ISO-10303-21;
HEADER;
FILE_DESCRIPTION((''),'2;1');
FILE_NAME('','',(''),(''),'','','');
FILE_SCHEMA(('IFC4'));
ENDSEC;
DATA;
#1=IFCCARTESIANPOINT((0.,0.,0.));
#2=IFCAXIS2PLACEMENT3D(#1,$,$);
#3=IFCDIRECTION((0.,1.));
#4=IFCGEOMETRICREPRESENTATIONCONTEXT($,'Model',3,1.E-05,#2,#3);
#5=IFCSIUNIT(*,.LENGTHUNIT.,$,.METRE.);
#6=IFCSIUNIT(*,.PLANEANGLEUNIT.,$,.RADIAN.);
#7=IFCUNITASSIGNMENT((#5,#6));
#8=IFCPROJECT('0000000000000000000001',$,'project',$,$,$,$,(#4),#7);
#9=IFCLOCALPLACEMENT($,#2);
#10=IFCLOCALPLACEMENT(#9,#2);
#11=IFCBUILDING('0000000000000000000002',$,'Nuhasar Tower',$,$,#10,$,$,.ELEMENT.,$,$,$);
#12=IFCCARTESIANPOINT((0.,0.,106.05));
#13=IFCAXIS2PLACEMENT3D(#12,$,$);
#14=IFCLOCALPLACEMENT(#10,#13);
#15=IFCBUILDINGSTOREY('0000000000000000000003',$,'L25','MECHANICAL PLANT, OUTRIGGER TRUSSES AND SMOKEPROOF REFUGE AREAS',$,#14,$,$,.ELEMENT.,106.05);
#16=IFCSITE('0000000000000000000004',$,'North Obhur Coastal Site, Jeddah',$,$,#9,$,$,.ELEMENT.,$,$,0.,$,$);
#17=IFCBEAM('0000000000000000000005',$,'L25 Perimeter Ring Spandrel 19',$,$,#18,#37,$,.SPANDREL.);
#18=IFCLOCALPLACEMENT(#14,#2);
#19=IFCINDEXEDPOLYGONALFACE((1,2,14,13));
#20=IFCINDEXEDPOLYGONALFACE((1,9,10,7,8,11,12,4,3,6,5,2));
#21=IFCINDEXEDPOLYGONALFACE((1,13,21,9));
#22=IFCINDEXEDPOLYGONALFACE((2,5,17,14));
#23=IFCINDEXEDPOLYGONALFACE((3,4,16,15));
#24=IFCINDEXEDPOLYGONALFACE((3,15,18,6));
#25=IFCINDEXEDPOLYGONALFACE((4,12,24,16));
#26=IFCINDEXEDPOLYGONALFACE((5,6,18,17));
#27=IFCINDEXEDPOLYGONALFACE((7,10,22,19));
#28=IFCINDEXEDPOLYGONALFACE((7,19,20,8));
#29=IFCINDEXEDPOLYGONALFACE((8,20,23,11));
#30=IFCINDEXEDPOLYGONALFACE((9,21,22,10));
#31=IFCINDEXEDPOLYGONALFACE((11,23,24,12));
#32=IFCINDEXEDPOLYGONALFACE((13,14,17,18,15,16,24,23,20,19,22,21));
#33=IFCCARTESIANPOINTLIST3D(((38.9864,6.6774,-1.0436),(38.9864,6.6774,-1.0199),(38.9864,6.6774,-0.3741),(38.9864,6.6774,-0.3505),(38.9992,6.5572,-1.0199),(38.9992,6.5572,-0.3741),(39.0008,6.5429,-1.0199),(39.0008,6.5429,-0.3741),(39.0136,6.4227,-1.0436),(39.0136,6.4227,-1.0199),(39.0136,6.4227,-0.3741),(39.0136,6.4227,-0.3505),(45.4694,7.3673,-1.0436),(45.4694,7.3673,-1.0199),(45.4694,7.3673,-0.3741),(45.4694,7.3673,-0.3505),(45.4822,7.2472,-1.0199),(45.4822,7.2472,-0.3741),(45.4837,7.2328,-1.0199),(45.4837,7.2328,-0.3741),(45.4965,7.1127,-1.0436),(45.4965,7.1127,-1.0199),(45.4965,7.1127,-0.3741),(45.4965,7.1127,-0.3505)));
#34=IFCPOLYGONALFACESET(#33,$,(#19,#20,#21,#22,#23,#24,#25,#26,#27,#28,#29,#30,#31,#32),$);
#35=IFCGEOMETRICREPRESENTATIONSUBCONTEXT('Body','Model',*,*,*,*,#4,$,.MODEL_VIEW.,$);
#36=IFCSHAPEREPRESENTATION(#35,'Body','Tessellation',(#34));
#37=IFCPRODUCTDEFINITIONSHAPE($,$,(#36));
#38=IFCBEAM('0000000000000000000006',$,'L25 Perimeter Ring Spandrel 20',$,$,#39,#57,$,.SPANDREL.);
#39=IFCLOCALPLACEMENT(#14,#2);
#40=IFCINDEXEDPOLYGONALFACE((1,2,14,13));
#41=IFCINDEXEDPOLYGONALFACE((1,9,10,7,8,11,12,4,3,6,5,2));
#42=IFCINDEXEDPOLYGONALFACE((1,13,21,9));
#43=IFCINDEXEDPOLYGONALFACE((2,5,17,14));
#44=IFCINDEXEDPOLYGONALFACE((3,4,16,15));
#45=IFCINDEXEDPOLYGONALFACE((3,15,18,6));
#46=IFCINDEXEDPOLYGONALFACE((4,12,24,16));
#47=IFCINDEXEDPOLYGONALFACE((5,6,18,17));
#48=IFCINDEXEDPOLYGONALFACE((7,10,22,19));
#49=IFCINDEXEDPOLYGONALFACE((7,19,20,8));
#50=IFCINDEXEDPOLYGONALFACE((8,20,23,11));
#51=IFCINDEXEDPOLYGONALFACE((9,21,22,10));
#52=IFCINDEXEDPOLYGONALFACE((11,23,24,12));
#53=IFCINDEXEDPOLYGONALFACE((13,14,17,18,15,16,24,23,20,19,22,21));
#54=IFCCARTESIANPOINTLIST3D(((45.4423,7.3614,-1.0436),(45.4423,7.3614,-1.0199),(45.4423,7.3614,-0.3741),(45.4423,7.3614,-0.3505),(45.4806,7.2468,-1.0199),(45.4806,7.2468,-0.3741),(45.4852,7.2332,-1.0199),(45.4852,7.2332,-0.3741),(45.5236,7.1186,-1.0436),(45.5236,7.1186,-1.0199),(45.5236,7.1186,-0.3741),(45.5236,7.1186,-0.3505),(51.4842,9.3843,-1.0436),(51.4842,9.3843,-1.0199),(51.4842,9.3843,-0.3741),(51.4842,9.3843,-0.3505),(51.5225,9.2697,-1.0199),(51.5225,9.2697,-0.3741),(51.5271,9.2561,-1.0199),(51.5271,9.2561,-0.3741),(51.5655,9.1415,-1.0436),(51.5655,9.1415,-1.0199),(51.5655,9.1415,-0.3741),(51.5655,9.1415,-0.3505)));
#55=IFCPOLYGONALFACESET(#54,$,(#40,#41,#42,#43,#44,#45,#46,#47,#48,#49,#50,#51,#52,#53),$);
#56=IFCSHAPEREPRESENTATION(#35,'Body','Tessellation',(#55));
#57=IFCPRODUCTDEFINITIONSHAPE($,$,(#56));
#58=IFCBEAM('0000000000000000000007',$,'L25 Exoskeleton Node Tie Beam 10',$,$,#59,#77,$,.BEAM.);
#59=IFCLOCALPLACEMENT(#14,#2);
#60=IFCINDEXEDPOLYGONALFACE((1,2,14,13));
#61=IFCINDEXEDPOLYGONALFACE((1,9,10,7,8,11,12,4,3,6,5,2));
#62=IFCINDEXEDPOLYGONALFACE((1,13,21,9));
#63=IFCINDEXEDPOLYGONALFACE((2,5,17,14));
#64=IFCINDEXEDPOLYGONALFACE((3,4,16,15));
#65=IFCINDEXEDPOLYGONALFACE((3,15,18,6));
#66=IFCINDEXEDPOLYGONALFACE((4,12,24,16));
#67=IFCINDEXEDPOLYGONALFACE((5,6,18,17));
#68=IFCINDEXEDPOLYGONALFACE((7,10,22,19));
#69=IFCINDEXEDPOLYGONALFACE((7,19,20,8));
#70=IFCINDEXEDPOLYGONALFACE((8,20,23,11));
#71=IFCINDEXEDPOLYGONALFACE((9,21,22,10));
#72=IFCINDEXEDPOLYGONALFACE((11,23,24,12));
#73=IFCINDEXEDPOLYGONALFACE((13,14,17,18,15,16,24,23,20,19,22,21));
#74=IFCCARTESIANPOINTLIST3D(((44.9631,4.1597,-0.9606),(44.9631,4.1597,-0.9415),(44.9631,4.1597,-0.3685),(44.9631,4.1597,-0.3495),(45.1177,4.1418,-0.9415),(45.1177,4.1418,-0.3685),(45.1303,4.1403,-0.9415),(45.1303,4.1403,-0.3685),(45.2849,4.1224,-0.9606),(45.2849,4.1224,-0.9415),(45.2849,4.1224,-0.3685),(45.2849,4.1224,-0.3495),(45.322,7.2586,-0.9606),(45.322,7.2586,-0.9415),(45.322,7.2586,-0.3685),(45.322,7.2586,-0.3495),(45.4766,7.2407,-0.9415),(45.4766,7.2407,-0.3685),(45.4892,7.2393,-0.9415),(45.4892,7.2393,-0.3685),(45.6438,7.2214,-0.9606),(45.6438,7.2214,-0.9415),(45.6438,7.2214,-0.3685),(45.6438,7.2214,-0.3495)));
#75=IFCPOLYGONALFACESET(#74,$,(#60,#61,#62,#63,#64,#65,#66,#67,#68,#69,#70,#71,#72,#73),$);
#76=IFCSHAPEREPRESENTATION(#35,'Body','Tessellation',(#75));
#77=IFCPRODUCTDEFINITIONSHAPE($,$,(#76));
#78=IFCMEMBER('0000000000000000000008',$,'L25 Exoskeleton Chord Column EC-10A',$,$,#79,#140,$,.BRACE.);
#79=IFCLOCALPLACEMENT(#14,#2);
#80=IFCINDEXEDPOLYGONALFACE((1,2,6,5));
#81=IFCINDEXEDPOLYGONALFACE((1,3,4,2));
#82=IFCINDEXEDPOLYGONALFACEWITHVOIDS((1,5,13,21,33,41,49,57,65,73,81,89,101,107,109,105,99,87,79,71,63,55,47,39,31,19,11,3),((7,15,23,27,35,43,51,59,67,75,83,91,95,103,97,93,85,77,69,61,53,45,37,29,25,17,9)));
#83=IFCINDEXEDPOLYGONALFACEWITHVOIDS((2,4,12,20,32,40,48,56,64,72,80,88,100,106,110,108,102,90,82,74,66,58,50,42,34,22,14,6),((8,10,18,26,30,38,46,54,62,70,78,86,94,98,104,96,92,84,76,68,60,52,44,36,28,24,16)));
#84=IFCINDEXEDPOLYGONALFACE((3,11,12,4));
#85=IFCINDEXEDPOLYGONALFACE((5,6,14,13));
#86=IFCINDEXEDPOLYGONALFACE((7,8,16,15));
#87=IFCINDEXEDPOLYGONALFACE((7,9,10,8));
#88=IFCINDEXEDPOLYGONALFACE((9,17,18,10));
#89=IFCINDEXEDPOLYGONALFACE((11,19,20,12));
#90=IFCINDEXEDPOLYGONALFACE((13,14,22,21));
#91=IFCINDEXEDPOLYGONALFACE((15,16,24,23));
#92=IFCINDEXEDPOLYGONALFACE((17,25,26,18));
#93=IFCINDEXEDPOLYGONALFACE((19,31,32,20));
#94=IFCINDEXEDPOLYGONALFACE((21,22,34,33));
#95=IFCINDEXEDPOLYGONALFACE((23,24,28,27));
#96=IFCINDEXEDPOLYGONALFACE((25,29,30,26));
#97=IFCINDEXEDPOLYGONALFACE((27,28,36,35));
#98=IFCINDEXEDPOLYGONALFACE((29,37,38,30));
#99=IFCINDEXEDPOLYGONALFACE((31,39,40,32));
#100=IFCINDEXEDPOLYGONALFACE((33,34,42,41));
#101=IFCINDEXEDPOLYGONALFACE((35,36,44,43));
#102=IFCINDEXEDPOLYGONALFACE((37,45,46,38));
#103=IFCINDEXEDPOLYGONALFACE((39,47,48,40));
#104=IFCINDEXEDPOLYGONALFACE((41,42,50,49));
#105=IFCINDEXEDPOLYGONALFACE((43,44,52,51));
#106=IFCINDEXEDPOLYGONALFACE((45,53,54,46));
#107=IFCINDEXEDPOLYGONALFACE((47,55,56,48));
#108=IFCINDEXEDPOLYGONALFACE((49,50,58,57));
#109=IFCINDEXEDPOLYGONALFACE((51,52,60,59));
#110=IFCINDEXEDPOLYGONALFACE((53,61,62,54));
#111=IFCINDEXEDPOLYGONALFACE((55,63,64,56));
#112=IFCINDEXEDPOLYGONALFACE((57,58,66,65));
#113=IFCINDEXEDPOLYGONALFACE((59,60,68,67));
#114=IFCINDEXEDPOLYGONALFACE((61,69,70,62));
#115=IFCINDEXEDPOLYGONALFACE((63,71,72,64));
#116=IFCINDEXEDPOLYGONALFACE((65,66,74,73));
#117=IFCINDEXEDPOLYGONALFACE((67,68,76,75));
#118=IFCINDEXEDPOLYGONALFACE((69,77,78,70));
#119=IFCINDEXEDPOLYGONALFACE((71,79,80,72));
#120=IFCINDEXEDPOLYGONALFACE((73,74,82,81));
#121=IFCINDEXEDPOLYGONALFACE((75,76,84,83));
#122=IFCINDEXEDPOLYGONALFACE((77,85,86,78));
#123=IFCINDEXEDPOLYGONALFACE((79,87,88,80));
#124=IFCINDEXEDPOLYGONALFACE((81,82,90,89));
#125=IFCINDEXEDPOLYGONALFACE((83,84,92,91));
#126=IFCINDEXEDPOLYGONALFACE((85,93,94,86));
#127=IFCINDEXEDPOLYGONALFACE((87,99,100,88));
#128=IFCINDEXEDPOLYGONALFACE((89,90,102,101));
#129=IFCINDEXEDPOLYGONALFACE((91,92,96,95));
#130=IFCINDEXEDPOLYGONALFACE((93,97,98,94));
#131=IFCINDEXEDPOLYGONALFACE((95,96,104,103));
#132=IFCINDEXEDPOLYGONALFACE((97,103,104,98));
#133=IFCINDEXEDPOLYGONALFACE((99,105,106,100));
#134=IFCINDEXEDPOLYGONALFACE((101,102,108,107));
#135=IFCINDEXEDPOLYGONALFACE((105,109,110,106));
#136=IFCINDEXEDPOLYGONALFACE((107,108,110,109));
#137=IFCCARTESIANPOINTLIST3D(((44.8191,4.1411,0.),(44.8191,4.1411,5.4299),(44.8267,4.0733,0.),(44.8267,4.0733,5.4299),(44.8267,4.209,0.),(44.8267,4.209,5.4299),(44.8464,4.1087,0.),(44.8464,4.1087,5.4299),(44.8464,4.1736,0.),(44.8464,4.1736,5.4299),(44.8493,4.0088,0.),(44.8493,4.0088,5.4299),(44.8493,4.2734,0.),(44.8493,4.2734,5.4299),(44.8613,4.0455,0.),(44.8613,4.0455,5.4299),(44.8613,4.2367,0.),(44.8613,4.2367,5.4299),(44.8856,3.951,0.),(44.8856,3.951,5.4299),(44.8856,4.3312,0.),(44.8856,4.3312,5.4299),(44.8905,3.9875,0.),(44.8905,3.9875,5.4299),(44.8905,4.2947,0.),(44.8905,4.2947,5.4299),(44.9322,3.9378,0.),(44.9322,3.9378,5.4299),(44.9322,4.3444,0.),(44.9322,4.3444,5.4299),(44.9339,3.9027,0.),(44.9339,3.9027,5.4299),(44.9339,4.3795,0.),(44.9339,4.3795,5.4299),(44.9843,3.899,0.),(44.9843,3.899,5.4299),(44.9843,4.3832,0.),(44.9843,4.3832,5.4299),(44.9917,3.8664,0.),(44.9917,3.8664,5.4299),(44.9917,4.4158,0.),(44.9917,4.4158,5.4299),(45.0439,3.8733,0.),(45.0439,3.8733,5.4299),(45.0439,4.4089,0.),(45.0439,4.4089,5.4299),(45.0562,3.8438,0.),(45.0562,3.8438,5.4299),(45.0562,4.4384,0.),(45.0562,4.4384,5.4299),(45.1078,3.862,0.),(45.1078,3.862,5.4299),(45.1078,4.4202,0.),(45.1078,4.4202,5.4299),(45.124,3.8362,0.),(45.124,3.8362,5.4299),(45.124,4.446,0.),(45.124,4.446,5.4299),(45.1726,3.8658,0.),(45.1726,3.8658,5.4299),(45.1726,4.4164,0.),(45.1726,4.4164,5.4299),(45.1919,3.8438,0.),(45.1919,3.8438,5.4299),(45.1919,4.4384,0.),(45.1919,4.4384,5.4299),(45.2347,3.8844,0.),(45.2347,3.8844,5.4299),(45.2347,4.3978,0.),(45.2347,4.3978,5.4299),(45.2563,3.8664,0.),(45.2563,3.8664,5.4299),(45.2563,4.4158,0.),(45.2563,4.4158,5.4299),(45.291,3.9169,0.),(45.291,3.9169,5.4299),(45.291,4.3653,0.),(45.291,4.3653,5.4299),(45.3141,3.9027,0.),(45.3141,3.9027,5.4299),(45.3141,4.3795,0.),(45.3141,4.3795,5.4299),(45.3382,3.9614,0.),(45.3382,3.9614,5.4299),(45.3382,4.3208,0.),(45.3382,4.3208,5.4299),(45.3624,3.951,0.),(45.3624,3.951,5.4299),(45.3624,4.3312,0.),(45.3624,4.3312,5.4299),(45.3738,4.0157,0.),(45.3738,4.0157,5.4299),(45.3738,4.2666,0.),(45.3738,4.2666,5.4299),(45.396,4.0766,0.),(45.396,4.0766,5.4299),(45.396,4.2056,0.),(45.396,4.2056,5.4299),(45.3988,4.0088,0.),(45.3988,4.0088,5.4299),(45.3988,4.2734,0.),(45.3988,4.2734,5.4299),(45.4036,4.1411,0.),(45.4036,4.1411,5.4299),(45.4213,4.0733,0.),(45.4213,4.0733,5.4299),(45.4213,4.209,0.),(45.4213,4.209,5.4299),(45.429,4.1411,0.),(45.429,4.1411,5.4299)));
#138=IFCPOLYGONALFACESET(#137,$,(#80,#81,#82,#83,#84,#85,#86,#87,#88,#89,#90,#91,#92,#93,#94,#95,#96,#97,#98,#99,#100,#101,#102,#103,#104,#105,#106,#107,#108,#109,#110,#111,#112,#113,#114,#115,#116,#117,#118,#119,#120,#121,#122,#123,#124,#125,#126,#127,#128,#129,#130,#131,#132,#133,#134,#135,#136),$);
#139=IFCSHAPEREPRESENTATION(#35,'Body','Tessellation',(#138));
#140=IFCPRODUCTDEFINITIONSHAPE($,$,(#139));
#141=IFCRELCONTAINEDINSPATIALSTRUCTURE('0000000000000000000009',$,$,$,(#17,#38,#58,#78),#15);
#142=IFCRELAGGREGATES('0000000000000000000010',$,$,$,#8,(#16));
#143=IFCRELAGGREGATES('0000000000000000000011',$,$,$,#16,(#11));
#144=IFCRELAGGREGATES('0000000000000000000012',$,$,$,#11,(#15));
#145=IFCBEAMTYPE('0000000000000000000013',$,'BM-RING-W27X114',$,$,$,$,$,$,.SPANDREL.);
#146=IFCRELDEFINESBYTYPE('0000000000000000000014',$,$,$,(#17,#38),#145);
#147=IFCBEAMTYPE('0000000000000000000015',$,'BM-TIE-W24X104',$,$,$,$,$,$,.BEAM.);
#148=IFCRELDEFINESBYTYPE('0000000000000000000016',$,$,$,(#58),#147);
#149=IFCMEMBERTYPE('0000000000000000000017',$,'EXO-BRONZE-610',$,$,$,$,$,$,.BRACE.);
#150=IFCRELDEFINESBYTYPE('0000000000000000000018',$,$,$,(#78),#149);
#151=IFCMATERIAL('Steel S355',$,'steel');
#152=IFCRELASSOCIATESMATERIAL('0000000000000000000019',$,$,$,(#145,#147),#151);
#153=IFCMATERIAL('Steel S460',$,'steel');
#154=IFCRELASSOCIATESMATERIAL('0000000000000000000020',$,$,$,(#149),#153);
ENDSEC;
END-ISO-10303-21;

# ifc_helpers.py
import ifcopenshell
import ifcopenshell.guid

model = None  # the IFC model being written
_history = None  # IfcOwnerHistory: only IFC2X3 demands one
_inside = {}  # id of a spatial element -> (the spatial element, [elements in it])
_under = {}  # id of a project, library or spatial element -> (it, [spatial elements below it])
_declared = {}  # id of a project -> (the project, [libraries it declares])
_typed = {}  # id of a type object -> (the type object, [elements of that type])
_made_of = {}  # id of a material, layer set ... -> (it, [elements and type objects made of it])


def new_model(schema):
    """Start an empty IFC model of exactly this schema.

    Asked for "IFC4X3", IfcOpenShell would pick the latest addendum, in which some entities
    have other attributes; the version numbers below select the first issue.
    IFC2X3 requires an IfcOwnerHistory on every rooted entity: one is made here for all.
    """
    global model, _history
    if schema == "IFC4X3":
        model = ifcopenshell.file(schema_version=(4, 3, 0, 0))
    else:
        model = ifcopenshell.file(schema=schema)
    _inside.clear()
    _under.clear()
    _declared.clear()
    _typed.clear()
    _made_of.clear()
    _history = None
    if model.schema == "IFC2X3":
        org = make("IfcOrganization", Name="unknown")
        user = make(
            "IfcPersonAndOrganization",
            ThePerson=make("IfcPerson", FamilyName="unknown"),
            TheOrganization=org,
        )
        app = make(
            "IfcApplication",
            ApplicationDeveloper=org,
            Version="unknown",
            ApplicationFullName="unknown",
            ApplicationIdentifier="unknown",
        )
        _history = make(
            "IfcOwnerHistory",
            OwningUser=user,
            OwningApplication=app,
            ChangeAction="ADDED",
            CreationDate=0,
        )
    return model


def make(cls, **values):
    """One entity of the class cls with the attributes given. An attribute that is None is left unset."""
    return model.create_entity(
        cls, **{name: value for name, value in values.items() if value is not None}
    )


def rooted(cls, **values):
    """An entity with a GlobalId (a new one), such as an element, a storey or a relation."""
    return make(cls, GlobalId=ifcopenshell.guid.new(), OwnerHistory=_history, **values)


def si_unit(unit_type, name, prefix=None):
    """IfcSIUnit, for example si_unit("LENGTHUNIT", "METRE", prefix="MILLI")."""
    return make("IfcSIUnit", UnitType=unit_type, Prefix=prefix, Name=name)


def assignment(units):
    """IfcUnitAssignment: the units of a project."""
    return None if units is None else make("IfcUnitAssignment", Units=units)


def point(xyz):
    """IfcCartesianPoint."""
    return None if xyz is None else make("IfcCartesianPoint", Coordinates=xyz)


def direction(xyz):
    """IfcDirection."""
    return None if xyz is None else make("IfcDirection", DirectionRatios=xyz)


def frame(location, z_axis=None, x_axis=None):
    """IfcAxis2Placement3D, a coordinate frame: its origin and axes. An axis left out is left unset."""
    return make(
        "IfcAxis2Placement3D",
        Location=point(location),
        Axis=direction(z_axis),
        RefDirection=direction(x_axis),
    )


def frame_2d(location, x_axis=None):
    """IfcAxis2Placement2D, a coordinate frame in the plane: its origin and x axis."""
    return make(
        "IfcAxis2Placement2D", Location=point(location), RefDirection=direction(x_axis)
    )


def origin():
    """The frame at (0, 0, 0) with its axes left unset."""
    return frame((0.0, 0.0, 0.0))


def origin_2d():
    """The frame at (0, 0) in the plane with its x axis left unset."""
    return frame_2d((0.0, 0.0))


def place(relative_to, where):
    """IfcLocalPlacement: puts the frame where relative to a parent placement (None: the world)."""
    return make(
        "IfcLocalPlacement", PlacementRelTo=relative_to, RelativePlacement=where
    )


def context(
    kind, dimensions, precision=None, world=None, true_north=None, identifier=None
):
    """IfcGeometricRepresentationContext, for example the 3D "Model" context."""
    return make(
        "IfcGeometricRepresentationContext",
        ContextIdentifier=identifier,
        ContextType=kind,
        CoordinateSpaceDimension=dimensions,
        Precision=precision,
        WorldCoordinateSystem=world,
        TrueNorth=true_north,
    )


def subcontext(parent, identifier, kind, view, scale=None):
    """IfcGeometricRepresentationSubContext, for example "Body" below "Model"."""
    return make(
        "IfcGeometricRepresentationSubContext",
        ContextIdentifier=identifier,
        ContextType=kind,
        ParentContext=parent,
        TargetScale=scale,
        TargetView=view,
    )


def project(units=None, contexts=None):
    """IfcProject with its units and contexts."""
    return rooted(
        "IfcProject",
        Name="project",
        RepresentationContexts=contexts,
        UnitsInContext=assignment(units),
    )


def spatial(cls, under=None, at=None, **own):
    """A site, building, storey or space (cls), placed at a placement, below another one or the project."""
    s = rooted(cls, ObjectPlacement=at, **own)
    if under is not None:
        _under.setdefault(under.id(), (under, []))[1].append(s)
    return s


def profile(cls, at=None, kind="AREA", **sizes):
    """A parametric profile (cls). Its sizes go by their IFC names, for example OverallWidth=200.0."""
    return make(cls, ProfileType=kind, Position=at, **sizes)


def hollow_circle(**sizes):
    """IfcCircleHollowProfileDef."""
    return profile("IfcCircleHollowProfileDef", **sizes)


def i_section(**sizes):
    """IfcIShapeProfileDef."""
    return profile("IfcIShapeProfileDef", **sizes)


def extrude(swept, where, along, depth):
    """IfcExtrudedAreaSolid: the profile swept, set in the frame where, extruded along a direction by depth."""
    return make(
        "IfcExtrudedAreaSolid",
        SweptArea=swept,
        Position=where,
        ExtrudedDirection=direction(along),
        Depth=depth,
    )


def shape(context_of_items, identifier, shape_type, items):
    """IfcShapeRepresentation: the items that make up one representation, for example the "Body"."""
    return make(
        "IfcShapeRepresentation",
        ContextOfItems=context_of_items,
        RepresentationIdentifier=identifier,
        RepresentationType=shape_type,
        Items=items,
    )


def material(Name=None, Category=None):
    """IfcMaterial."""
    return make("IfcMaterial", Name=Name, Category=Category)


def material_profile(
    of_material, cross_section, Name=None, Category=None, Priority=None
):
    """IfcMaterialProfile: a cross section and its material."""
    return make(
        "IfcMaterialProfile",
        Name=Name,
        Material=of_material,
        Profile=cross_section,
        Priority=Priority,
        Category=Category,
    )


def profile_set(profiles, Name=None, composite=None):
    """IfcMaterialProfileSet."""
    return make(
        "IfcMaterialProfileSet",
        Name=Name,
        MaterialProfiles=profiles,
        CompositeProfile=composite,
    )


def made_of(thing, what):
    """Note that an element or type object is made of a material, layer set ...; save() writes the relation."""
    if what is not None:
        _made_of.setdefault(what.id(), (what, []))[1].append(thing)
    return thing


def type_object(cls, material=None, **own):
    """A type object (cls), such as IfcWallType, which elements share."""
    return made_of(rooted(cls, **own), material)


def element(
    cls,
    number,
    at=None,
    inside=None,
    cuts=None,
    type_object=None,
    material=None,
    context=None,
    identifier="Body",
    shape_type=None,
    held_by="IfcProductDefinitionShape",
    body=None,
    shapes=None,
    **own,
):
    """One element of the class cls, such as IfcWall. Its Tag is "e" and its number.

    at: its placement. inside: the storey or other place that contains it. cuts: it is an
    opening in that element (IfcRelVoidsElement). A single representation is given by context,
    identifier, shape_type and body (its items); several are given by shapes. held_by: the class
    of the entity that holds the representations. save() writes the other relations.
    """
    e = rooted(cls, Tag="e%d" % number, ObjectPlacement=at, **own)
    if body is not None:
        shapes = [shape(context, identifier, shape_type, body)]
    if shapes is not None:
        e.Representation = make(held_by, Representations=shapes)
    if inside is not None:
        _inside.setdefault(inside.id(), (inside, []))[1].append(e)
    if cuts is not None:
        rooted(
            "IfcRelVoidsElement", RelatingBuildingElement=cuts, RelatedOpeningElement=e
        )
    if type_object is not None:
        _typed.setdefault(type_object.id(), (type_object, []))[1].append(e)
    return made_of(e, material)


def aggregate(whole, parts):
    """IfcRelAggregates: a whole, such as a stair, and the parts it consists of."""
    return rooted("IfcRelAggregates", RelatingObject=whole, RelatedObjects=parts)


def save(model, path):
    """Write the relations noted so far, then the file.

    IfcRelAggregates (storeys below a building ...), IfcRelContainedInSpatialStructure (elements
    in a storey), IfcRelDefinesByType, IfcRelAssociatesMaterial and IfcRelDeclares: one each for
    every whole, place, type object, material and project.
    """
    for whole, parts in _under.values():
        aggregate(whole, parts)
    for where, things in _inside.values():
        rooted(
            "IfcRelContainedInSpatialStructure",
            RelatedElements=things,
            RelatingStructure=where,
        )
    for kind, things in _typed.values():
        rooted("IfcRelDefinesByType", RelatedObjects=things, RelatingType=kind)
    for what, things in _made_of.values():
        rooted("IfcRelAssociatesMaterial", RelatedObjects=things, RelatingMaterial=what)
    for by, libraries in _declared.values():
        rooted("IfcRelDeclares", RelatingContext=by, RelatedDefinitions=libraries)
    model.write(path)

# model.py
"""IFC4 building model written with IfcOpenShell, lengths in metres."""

from ifc_helpers import new_model, si_unit, direction, frame, origin, origin_2d, place, context, subcontext, project, spatial, hollow_circle, i_section, extrude, material, material_profile, profile_set, type_object, element, save


model = new_model("IFC4")

# Units and contexts
model_context = context("Model", 3, precision=1e-05, world=origin(), true_north=direction((0.0, 1.0)))
body_context = subcontext(model_context, "Body", "Model", "MODEL_VIEW")
ifc_project = project(units=[si_unit("LENGTHUNIT", "METRE"), si_unit("PLANEANGLEUNIT", "RADIAN")], contexts=[model_context])

# Site, building, storey
site_placement = place(None, origin())
site = spatial("IfcSite", under=ifc_project, at=site_placement, Name="North Obhur Coastal Site, Jeddah", CompositionType="ELEMENT", RefElevation=0.0)
building_placement = place(site_placement, origin())
building = spatial("IfcBuilding", under=site, at=building_placement, Name="Nuhasar Tower", CompositionType="ELEMENT")
storey_placement = place(building_placement, frame((0.0, 0.0, 106.05)))
storey = spatial("IfcBuildingStorey", under=building, at=storey_placement, Name="L25", Description="MECHANICAL PLANT, OUTRIGGER TRUSSES AND SMOKEPROOF REFUGE AREAS", CompositionType="ELEMENT", Elevation=106.05)

# Shared definitions
ifc_material_1 = material(Name="Steel S460", Category="steel")

# Beams
ifc_material_2 = material(Name="Steel S355", Category="steel")
ifc_material_profile_1 = material_profile(ifc_material_2, i_section(OverallWidth=0.2561, OverallDepth=0.6931, WebThickness=0.0144, FlangeThickness=0.0237, at=origin_2d()), Name="W27X114")
ifc_profile_set_1 = profile_set([ifc_material_profile_1], Name="Steel S355")
beam_type_1 = type_object("IfcBeamType", Name="BM-RING-W27X114", PredefinedType="SPANDREL", material=ifc_profile_set_1)
beam_1_placement = place(storey_placement, frame((39.0, 6.55, -0.697), z_axis=(0.994385, 0.105827, 0.0), x_axis=(-0.105827, 0.994385, 0.0)))
element("IfcBeam", 1, at=beam_1_placement, inside=storey, type_object=beam_type_1, Name="L25 Perimeter Ring Spandrel 19", PredefinedType="SPANDREL", context=body_context, shape_type="SweptSolid", body=[
    extrude(i_section(OverallWidth=0.2561, OverallDepth=0.6931, WebThickness=0.0144, FlangeThickness=0.0237, at=origin_2d()), origin(), (0.0, 0.0, 1.0), 6.5195),
])
beam_2_placement = place(storey_placement, frame((45.4829, 7.24, -0.697), z_axis=(0.948261, 0.317492, 0.0), x_axis=(-0.317492, 0.948261, 0.0)))
element("IfcBeam", 2, at=beam_2_placement, inside=storey, type_object=beam_type_1, Name="L25 Perimeter Ring Spandrel 20", PredefinedType="SPANDREL", context=body_context, shape_type="SweptSolid", body=[
    extrude(i_section(OverallWidth=0.2561, OverallDepth=0.6931, WebThickness=0.0144, FlangeThickness=0.0237, at=origin_2d()), origin(), (0.0, 0.0, 1.0), 6.3716),
])
ifc_material_profile_2 = material_profile(ifc_material_2, i_section(OverallWidth=0.324, OverallDepth=0.6111, WebThickness=0.0127, FlangeThickness=0.019, at=origin_2d()), Name="W24X104")
ifc_profile_set_2 = profile_set([ifc_material_profile_2], Name="Steel S355")
beam_type_2 = type_object("IfcBeamType", Name="BM-TIE-W24X104", PredefinedType="BEAM", material=ifc_profile_set_2)
beam_3_placement = place(storey_placement, frame((45.4829, 7.24, -0.655), z_axis=(-0.115043, -0.993361, 0.0), x_axis=(0.993361, -0.115043, 0.0)))
element("IfcBeam", 3, at=beam_3_placement, inside=storey, type_object=beam_type_2, Name="L25 Exoskeleton Node Tie Beam 10", PredefinedType="BEAM", context=body_context, shape_type="SweptSolid", body=[
    extrude(i_section(OverallWidth=0.324, OverallDepth=0.6111, WebThickness=0.0127, FlangeThickness=0.019, at=origin_2d()), origin(), (0.0, 0.0, 1.0), 3.1196),
])

# Member
ifc_material_profile_3 = material_profile(ifc_material_1, hollow_circle(Radius=0.3049, WallThickness=0.0254, at=origin_2d()), Name="HSS610X25.4")
ifc_profile_set_3 = profile_set([ifc_material_profile_3], Name="Steel S460")
member_type_1 = type_object("IfcMemberType", Name="EXO-BRONZE-610", PredefinedType="BRACE", material=ifc_profile_set_3)
member_1_placement = place(storey_placement, frame((45.124, 4.1411, 0.0), z_axis=(0.0, 0.0, 1.0), x_axis=(1.0, 0.0, 0.0)))
element("IfcMember", 4, at=member_1_placement, inside=storey, type_object=member_type_1, Name="L25 Exoskeleton Chord Column EC-10A", PredefinedType="BRACE", context=body_context, shape_type="SweptSolid", body=[
    extrude(hollow_circle(Radius=0.3049, WallThickness=0.0254, at=origin_2d()), origin(), (0.0, 0.0, 1.0), 5.4299),
])

save(model, "model.ifc")
